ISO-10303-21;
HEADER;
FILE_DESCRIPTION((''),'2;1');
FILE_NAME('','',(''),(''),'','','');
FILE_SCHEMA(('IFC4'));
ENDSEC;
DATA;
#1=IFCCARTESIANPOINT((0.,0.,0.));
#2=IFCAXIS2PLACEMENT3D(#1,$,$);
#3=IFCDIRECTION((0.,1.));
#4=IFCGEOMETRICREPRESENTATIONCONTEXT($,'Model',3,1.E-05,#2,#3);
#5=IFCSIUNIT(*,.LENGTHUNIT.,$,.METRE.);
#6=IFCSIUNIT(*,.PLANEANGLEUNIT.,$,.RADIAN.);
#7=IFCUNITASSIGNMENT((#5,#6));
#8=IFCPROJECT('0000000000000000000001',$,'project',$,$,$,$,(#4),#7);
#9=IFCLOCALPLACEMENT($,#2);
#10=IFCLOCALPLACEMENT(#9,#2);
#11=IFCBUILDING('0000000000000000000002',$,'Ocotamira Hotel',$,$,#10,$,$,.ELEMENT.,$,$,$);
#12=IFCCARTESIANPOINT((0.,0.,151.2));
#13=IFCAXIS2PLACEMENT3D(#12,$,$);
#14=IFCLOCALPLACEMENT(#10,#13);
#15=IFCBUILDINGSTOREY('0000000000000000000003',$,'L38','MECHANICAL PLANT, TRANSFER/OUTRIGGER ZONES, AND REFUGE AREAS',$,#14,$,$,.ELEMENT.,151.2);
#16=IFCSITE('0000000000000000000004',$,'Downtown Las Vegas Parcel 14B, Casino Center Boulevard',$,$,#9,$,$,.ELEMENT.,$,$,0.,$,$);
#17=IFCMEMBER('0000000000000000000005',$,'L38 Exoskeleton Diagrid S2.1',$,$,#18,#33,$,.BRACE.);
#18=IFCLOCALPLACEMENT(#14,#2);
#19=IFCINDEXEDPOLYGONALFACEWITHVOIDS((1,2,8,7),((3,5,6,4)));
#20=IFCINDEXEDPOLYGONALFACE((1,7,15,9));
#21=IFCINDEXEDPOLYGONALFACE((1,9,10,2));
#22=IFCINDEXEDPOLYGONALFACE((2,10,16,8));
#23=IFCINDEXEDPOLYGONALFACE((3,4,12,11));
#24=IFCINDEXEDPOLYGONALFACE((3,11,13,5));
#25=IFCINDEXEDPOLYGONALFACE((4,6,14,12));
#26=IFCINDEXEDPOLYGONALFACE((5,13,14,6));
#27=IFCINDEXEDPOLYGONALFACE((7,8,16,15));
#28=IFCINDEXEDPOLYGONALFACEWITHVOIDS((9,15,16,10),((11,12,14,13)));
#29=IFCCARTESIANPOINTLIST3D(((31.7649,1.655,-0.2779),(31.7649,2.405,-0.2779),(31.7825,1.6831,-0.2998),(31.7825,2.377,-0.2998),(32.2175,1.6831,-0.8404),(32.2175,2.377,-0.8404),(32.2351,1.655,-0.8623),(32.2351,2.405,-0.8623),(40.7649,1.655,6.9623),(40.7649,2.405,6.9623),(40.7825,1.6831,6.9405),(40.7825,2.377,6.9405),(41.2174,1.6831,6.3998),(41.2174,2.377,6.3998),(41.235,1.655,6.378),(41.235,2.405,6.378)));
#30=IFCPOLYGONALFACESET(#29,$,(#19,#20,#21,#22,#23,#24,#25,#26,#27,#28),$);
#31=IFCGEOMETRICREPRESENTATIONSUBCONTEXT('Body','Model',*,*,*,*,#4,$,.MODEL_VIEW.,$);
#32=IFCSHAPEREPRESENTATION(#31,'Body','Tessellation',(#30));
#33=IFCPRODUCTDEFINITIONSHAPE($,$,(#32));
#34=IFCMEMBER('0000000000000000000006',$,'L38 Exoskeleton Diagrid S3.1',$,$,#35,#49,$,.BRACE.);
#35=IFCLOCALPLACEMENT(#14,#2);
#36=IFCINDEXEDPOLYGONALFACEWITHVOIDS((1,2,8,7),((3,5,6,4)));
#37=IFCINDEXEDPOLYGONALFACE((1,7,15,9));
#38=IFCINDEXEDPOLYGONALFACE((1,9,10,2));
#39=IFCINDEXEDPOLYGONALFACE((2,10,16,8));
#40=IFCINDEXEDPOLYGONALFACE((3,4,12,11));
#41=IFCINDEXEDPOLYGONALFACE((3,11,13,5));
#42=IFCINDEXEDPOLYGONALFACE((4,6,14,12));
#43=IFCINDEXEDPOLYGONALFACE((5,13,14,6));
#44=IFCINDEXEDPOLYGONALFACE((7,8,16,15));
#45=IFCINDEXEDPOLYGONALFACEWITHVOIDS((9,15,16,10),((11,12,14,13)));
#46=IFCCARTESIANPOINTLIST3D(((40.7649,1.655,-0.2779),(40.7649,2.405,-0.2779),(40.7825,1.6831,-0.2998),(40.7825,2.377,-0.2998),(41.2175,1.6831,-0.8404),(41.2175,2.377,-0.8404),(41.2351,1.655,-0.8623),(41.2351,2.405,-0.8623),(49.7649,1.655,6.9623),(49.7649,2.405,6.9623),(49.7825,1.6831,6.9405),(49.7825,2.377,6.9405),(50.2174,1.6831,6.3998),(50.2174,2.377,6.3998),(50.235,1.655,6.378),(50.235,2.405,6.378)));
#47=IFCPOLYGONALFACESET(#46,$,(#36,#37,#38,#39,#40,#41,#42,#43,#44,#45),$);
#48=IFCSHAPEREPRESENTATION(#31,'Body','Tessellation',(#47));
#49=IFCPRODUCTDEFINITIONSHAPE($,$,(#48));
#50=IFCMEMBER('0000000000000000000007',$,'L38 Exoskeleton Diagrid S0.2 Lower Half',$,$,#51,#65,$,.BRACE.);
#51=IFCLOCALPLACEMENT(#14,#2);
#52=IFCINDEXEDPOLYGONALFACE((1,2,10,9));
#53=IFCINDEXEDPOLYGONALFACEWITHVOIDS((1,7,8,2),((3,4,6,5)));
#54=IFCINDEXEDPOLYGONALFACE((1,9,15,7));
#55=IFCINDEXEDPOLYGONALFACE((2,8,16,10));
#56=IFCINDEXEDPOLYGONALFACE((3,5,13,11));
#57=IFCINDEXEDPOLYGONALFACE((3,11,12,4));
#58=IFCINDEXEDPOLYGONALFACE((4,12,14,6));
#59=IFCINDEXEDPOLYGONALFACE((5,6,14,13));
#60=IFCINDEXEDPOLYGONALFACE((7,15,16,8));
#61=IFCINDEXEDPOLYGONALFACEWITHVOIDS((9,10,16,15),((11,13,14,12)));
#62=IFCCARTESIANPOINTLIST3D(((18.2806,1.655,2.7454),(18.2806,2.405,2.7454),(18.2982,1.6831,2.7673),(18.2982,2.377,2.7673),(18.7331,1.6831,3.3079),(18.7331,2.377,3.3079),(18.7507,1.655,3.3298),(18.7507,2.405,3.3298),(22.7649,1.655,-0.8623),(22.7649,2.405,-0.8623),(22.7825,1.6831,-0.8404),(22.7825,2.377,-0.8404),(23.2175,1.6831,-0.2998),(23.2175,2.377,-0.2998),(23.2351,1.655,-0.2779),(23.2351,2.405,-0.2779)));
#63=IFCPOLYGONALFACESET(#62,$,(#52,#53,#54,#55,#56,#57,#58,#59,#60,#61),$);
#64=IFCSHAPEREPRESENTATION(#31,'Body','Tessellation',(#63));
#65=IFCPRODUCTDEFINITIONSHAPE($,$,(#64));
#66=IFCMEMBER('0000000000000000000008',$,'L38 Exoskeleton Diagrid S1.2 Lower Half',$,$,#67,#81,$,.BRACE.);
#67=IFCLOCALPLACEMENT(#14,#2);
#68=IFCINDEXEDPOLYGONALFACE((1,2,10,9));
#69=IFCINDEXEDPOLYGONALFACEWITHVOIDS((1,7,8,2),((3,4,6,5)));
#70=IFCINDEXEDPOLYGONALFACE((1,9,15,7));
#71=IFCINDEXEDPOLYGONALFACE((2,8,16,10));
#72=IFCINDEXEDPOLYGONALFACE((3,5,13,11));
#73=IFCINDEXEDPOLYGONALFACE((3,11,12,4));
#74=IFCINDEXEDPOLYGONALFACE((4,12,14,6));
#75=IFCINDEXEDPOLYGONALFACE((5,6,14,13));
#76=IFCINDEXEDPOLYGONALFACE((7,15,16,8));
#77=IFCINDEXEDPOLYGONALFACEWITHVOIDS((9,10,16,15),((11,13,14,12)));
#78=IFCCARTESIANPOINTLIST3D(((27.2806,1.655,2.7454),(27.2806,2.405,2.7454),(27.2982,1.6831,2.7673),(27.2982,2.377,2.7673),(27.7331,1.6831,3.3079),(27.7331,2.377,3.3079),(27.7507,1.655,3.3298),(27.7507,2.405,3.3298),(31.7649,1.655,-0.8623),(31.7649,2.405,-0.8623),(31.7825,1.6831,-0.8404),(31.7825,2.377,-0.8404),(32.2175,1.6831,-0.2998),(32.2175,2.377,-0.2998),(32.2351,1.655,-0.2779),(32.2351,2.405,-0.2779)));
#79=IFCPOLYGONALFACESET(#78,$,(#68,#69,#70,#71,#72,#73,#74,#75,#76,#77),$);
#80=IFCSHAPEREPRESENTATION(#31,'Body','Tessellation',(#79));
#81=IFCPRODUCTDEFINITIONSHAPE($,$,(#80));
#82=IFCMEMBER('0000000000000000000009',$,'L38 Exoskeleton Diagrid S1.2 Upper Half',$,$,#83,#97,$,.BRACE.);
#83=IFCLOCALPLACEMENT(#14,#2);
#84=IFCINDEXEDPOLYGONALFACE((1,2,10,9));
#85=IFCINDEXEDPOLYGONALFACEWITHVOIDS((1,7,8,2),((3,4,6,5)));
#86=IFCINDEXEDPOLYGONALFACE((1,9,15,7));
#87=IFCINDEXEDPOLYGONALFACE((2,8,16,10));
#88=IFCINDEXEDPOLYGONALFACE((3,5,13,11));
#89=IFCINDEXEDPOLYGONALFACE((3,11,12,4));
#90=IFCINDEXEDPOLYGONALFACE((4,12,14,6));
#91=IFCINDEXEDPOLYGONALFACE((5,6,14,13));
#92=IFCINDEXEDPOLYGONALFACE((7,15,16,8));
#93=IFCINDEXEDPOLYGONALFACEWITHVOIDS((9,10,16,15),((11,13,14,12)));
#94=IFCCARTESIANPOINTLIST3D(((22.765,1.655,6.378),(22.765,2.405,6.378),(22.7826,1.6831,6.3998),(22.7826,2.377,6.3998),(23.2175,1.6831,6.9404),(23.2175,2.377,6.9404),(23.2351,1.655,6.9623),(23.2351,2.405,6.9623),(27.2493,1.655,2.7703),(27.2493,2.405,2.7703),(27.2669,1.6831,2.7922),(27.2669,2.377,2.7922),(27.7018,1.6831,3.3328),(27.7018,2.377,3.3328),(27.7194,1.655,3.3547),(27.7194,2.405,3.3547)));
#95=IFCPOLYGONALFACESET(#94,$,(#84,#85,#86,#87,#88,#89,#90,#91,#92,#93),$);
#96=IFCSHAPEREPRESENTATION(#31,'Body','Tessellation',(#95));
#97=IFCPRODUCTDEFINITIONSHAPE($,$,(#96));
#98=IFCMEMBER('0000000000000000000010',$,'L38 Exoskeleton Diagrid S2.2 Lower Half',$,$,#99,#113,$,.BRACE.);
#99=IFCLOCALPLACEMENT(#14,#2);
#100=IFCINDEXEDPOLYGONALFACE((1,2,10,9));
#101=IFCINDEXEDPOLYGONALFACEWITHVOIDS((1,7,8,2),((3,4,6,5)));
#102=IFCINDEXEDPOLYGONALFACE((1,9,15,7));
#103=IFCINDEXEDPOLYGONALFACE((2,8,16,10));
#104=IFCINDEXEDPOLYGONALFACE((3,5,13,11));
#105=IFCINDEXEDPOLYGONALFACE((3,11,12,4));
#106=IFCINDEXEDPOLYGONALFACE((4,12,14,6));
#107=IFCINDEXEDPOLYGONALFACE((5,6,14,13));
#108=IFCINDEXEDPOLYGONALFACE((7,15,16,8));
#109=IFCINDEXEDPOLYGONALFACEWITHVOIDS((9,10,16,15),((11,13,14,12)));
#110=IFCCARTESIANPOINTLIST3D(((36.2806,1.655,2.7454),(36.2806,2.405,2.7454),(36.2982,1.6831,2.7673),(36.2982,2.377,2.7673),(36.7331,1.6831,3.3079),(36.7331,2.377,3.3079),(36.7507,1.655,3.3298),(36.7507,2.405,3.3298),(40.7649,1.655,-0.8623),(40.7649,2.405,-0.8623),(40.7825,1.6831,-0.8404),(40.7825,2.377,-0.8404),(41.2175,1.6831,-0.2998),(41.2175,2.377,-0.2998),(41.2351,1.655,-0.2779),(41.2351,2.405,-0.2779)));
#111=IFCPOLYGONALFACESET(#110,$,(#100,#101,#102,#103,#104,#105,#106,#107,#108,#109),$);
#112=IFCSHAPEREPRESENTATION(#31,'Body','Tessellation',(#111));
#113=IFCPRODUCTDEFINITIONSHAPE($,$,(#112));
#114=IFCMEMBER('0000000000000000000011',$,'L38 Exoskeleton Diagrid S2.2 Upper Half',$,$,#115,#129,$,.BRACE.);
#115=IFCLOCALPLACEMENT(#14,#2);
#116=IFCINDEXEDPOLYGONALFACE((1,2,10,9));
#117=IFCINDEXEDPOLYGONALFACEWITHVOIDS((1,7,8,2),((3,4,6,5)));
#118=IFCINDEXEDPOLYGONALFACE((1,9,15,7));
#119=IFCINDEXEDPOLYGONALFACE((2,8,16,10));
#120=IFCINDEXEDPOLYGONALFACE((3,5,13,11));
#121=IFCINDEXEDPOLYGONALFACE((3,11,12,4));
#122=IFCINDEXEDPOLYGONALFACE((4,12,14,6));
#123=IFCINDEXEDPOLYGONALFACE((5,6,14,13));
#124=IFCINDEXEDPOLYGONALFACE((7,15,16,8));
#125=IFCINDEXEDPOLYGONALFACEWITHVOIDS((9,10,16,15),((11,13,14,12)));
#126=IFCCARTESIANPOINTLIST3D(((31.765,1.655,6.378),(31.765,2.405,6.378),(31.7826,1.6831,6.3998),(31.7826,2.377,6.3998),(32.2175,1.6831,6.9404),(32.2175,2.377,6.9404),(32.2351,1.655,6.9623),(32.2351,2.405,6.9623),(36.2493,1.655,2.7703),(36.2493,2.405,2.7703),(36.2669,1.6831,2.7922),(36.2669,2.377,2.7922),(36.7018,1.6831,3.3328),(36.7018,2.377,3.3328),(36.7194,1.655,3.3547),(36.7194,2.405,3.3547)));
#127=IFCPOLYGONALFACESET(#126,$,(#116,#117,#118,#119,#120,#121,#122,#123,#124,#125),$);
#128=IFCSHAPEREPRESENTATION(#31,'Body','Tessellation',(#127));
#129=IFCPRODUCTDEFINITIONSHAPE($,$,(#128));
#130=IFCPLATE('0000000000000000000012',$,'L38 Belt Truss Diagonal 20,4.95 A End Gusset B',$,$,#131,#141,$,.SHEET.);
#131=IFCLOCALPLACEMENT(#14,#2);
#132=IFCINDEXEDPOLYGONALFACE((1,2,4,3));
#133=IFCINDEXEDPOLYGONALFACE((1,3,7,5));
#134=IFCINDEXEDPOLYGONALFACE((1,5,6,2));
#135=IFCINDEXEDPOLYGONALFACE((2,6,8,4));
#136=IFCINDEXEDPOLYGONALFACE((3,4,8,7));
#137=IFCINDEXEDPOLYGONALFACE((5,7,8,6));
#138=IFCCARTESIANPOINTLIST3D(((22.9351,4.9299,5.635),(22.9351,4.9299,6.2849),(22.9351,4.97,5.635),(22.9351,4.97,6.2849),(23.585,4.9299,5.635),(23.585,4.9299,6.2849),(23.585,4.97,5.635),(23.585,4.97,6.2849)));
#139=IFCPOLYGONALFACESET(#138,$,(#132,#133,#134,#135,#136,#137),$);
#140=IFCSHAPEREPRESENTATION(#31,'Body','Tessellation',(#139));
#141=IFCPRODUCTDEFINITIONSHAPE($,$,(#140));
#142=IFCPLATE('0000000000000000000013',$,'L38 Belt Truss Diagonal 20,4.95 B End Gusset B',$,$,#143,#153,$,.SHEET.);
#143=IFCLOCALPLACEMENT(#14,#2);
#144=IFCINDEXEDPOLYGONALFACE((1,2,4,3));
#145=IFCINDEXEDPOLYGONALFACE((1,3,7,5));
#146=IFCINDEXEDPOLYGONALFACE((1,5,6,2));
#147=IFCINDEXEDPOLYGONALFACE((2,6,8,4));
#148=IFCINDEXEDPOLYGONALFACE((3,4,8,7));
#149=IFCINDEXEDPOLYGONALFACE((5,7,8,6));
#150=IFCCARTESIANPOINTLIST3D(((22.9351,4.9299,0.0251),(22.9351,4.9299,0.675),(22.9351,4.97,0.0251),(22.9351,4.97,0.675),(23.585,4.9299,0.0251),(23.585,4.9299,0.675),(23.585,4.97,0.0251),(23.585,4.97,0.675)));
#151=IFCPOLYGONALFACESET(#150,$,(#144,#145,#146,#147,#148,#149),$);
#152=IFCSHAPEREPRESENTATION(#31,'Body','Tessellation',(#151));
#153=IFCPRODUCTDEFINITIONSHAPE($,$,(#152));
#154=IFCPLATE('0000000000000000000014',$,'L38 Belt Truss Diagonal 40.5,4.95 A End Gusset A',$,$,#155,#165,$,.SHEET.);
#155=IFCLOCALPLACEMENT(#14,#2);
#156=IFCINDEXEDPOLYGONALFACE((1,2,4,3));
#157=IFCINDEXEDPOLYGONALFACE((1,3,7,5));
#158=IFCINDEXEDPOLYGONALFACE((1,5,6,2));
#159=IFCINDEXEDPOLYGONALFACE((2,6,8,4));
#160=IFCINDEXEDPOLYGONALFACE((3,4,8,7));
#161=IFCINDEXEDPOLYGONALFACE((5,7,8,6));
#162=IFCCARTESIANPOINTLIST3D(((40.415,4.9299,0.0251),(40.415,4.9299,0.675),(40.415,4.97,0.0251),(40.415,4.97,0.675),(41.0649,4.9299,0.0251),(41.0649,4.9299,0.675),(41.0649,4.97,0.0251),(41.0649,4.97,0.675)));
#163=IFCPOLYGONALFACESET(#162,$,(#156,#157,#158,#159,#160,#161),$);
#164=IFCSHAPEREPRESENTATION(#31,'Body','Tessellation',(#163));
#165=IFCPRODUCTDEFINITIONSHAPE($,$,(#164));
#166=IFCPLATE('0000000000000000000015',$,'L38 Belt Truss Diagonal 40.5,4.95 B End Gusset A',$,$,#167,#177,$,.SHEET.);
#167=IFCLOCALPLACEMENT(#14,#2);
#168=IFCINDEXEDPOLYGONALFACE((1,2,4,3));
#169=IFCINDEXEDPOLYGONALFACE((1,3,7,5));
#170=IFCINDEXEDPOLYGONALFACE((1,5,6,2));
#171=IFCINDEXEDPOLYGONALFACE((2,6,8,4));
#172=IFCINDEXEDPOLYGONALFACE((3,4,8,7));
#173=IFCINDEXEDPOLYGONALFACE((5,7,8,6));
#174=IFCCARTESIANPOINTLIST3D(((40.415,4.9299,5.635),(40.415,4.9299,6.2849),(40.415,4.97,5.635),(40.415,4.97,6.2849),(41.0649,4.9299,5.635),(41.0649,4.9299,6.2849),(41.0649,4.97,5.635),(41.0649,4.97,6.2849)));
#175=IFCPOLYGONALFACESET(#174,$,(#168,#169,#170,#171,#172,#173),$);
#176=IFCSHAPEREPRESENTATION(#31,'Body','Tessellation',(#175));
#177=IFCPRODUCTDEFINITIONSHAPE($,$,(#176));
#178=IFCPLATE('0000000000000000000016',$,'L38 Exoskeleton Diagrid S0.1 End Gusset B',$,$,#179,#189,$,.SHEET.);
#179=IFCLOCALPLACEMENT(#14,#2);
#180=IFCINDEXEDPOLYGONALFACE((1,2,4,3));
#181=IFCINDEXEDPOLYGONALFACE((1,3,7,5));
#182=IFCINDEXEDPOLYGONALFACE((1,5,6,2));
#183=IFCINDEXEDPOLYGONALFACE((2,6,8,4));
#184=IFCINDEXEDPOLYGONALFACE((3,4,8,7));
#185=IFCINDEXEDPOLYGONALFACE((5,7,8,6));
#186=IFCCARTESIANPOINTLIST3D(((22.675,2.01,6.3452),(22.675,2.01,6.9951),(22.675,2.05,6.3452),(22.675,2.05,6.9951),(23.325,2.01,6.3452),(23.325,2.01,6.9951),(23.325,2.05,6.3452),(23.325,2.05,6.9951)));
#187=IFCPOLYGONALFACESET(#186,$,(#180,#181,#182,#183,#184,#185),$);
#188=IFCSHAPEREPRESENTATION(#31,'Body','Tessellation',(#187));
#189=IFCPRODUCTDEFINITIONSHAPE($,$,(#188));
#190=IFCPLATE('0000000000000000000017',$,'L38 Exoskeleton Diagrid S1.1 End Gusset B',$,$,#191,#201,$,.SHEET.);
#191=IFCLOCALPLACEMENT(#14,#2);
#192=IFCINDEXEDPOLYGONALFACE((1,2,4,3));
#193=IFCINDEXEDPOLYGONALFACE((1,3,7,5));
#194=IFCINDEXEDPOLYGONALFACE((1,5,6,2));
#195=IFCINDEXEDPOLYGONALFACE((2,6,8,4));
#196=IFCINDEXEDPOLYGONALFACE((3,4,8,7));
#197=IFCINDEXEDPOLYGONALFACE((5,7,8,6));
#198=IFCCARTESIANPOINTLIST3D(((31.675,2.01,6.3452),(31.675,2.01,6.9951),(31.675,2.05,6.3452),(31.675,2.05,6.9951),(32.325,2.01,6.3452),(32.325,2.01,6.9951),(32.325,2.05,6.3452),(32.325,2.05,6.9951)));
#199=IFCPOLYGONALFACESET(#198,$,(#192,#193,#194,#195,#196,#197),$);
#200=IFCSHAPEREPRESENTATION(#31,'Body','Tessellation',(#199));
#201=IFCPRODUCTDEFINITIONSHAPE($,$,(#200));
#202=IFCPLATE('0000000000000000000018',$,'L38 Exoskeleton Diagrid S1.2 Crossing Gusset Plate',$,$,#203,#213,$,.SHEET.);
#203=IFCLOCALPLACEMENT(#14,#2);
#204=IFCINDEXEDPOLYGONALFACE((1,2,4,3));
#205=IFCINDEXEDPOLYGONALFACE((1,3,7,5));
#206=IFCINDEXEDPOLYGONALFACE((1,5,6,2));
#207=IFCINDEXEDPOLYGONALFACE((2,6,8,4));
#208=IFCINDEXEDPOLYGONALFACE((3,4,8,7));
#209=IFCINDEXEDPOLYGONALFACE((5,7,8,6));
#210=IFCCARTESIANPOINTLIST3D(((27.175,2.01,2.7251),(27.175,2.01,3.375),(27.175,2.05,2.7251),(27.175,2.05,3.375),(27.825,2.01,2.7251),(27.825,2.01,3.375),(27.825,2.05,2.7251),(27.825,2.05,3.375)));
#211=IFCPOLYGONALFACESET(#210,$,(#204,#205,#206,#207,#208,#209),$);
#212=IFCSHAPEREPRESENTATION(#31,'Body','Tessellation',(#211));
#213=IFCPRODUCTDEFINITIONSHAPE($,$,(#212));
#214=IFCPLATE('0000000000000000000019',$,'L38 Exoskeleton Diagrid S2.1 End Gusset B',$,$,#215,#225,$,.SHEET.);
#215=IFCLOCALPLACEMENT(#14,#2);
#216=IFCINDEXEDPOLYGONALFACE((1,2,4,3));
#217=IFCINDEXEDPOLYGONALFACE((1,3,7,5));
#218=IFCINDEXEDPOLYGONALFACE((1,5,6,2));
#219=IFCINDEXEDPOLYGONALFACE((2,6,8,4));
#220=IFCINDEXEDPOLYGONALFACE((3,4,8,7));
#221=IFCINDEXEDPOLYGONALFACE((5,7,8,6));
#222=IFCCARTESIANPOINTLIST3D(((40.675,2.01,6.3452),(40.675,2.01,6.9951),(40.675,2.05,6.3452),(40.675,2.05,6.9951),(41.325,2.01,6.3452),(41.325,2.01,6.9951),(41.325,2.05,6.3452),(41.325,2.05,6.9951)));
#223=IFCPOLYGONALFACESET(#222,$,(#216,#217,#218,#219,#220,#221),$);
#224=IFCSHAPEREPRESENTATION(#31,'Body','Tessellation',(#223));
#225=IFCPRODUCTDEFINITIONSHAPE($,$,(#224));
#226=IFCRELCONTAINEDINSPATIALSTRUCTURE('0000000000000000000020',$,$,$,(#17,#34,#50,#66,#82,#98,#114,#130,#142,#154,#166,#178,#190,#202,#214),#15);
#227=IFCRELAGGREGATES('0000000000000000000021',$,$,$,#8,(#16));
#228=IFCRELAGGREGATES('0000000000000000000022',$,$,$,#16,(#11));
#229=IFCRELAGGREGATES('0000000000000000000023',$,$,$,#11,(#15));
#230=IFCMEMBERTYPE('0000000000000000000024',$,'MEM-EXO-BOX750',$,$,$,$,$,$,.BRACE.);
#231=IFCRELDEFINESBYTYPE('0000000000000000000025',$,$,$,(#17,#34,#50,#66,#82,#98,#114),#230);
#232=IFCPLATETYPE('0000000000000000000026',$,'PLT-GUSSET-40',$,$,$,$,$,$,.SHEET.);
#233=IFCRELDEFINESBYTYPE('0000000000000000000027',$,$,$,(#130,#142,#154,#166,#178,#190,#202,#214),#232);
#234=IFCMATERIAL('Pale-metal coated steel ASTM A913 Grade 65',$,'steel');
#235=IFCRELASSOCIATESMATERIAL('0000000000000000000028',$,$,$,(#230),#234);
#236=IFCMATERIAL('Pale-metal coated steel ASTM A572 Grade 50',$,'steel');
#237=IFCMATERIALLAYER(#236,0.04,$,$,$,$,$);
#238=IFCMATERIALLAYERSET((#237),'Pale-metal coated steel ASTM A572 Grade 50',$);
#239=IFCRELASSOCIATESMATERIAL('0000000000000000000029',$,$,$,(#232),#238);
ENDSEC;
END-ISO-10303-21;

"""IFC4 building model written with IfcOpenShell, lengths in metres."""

from ifc_helpers import new_model, si_unit, direction, frame, origin, origin_2d, place, context, subcontext, project, spatial, rectangle, hollow_rectangle, extrude, source, transform, mapped, material, layer, layer_set, material_profile, profile_set, type_object, element, save


model = new_model("IFC4")

# Units and contexts
model_context = context("Model", 3, precision=1e-05, world=origin(), true_north=direction((0.0, 1.0)))
body_context = subcontext(model_context, "Body", "Model", "MODEL_VIEW")
ifc_project = project(units=[si_unit("LENGTHUNIT", "METRE"), si_unit("PLANEANGLEUNIT", "RADIAN")], contexts=[model_context])

# Site, building, storey
site_placement = place(None, origin())
site = spatial("IfcSite", under=ifc_project, at=site_placement, Name="Downtown Las Vegas Parcel 14B, Casino Center Boulevard", CompositionType="ELEMENT", RefElevation=0.0)
building_placement = place(site_placement, origin())
building = spatial("IfcBuilding", under=site, at=building_placement, Name="Ocotamira Hotel", CompositionType="ELEMENT")
storey_placement = place(building_placement, frame((0.0, 0.0, 151.2)))
storey = spatial("IfcBuildingStorey", under=building, at=storey_placement, Name="L38", Description="MECHANICAL PLANT, TRANSFER/OUTRIGGER ZONES, AND REFUGE AREAS", CompositionType="ELEMENT", Elevation=151.2)

# Members
ifc_material_1 = material(Name="Pale-metal coated steel ASTM A913 Grade 65", Category="steel")
ifc_material_profile_1 = material_profile(ifc_material_1, hollow_rectangle(XDim=0.75, YDim=0.75, WallThickness=0.0281, at=origin_2d()), Name="BOX750X750X28")
ifc_profile_set_1 = profile_set([ifc_material_profile_1], Name="Pale-metal coated steel ASTM A913 Grade 65")
member_type_1 = type_object("IfcMemberType", Name="MEM-EXO-BOX750", PredefinedType="BRACE", material=ifc_profile_set_1)
shared_shape_1 = source(origin(), body_context, "Body", "SweptSolid", [
    extrude(hollow_rectangle(XDim=0.75, YDim=0.75, WallThickness=0.0281, at=origin_2d()), origin(), (0.0, 0.0, 1.0), 11.5508),
])
for number, where, z_axis, x_axis, name in (
    (1, (32.0, 2.03, -0.5701), (0.779167, 0.0, 0.626817), (0.0, 1.0, 0.0), "L38 Exoskeleton Diagrid S2.1"),
    (2, (41.0, 2.03, -0.5701), (0.779167, 0.0, 0.626817), (0.0, 1.0, 0.0), "L38 Exoskeleton Diagrid S3.1"),
):
    element("IfcMember", number, at=place(storey_placement, frame(where, z_axis=z_axis, x_axis=x_axis)), inside=storey, type_object=member_type_1, Name=name, PredefinedType="BRACE", context=body_context, shape_type="MappedRepresentation", body=[
        mapped(shared_shape_1, transform((0.0, 0.0, 0.0), scale=1.0)),
    ])
shared_shape_2 = source(origin(), body_context, "Body", "SweptSolid", [
    extrude(hollow_rectangle(XDim=0.75, YDim=0.75, WallThickness=0.0281, at=origin_2d()), origin(), (0.0, 0.0, 1.0), 5.7554),
])
for number, where, z_axis, x_axis, name in (
    (3, (23.0, 2.03, -0.5701), (-0.779157, 0.0, 0.626829), (0.0, -1.0, 0.0), "L38 Exoskeleton Diagrid S0.2 Lower Half"),
    (4, (32.0, 2.03, -0.5701), (-0.779157, 0.0, 0.626829), (0.0, -1.0, 0.0), "L38 Exoskeleton Diagrid S1.2 Lower Half"),
    (5, (27.4844, 2.03, 3.0625), (-0.779157, 0.0, 0.626829), (0.0, -1.0, 0.0), "L38 Exoskeleton Diagrid S1.2 Upper Half"),
    (6, (41.0, 2.03, -0.5701), (-0.779157, 0.0, 0.626829), (0.0, -1.0, 0.0), "L38 Exoskeleton Diagrid S2.2 Lower Half"),
    (7, (36.4844, 2.03, 3.0625), (-0.779157, 0.0, 0.626829), (0.0, -1.0, 0.0), "L38 Exoskeleton Diagrid S2.2 Upper Half"),
):
    element("IfcMember", number, at=place(storey_placement, frame(where, z_axis=z_axis, x_axis=x_axis)), inside=storey, type_object=member_type_1, Name=name, PredefinedType="BRACE", context=body_context, shape_type="MappedRepresentation", body=[
        mapped(shared_shape_2, transform((0.0, 0.0, 0.0), scale=1.0)),
    ])

# Plates
ifc_material_2 = material(Name="Pale-metal coated steel ASTM A572 Grade 50", Category="steel")
ifc_layer = layer(ifc_material_2, 0.04)
ifc_layer_set = layer_set([ifc_layer], Name="Pale-metal coated steel ASTM A572 Grade 50")
plate_type = type_object("IfcPlateType", Name="PLT-GUSSET-40", PredefinedType="SHEET", material=ifc_layer_set)
shared_shape_3 = source(origin(), body_context, "Body", "SweptSolid", [
    extrude(rectangle(XDim=0.6499, YDim=0.04, at=origin_2d()), origin(), (0.0, 0.0, 1.0), 0.6499),
])
for number, where, z_axis, x_axis, name in (
    (8, (23.26, 4.95, 5.635), (0.0, 0.0, 1.0), (1.0, 0.0, 0.0), "L38 Belt Truss Diagonal 20,4.95 A End Gusset B"),
    (9, (23.26, 4.95, 0.0251), (0.0, 0.0, 1.0), (1.0, 0.0, 0.0), "L38 Belt Truss Diagonal 20,4.95 B End Gusset B"),
    (10, (40.74, 4.95, 0.0251), (0.0, 0.0, 1.0), (1.0, 0.0, 0.0), "L38 Belt Truss Diagonal 40.5,4.95 A End Gusset A"),
    (11, (40.74, 4.95, 5.635), (0.0, 0.0, 1.0), (1.0, 0.0, 0.0), "L38 Belt Truss Diagonal 40.5,4.95 B End Gusset A"),
    (12, (23.0, 2.03, 6.3452), (0.0, 0.0, 1.0), (1.0, 0.0, 0.0), "L38 Exoskeleton Diagrid S0.1 End Gusset B"),
    (13, (32.0, 2.03, 6.3452), (0.0, 0.0, 1.0), (1.0, 0.0, 0.0), "L38 Exoskeleton Diagrid S1.1 End Gusset B"),
    (14, (27.5, 2.03, 2.7251), (0.0, 0.0, 1.0), (-1.0, 0.0, 0.0), "L38 Exoskeleton Diagrid S1.2 Crossing Gusset Plate"),
    (15, (41.0, 2.03, 6.3452), (0.0, 0.0, 1.0), (1.0, 0.0, 0.0), "L38 Exoskeleton Diagrid S2.1 End Gusset B"),
):
    element("IfcPlate", number, at=place(storey_placement, frame(where, z_axis=z_axis, x_axis=x_axis)), inside=storey, type_object=plate_type, Name=name, PredefinedType="SHEET", context=body_context, shape_type="MappedRepresentation", body=[
        mapped(shared_shape_3, transform((0.0, 0.0, 0.0), scale=1.0)),
    ])

save(model, "model.ifc")
